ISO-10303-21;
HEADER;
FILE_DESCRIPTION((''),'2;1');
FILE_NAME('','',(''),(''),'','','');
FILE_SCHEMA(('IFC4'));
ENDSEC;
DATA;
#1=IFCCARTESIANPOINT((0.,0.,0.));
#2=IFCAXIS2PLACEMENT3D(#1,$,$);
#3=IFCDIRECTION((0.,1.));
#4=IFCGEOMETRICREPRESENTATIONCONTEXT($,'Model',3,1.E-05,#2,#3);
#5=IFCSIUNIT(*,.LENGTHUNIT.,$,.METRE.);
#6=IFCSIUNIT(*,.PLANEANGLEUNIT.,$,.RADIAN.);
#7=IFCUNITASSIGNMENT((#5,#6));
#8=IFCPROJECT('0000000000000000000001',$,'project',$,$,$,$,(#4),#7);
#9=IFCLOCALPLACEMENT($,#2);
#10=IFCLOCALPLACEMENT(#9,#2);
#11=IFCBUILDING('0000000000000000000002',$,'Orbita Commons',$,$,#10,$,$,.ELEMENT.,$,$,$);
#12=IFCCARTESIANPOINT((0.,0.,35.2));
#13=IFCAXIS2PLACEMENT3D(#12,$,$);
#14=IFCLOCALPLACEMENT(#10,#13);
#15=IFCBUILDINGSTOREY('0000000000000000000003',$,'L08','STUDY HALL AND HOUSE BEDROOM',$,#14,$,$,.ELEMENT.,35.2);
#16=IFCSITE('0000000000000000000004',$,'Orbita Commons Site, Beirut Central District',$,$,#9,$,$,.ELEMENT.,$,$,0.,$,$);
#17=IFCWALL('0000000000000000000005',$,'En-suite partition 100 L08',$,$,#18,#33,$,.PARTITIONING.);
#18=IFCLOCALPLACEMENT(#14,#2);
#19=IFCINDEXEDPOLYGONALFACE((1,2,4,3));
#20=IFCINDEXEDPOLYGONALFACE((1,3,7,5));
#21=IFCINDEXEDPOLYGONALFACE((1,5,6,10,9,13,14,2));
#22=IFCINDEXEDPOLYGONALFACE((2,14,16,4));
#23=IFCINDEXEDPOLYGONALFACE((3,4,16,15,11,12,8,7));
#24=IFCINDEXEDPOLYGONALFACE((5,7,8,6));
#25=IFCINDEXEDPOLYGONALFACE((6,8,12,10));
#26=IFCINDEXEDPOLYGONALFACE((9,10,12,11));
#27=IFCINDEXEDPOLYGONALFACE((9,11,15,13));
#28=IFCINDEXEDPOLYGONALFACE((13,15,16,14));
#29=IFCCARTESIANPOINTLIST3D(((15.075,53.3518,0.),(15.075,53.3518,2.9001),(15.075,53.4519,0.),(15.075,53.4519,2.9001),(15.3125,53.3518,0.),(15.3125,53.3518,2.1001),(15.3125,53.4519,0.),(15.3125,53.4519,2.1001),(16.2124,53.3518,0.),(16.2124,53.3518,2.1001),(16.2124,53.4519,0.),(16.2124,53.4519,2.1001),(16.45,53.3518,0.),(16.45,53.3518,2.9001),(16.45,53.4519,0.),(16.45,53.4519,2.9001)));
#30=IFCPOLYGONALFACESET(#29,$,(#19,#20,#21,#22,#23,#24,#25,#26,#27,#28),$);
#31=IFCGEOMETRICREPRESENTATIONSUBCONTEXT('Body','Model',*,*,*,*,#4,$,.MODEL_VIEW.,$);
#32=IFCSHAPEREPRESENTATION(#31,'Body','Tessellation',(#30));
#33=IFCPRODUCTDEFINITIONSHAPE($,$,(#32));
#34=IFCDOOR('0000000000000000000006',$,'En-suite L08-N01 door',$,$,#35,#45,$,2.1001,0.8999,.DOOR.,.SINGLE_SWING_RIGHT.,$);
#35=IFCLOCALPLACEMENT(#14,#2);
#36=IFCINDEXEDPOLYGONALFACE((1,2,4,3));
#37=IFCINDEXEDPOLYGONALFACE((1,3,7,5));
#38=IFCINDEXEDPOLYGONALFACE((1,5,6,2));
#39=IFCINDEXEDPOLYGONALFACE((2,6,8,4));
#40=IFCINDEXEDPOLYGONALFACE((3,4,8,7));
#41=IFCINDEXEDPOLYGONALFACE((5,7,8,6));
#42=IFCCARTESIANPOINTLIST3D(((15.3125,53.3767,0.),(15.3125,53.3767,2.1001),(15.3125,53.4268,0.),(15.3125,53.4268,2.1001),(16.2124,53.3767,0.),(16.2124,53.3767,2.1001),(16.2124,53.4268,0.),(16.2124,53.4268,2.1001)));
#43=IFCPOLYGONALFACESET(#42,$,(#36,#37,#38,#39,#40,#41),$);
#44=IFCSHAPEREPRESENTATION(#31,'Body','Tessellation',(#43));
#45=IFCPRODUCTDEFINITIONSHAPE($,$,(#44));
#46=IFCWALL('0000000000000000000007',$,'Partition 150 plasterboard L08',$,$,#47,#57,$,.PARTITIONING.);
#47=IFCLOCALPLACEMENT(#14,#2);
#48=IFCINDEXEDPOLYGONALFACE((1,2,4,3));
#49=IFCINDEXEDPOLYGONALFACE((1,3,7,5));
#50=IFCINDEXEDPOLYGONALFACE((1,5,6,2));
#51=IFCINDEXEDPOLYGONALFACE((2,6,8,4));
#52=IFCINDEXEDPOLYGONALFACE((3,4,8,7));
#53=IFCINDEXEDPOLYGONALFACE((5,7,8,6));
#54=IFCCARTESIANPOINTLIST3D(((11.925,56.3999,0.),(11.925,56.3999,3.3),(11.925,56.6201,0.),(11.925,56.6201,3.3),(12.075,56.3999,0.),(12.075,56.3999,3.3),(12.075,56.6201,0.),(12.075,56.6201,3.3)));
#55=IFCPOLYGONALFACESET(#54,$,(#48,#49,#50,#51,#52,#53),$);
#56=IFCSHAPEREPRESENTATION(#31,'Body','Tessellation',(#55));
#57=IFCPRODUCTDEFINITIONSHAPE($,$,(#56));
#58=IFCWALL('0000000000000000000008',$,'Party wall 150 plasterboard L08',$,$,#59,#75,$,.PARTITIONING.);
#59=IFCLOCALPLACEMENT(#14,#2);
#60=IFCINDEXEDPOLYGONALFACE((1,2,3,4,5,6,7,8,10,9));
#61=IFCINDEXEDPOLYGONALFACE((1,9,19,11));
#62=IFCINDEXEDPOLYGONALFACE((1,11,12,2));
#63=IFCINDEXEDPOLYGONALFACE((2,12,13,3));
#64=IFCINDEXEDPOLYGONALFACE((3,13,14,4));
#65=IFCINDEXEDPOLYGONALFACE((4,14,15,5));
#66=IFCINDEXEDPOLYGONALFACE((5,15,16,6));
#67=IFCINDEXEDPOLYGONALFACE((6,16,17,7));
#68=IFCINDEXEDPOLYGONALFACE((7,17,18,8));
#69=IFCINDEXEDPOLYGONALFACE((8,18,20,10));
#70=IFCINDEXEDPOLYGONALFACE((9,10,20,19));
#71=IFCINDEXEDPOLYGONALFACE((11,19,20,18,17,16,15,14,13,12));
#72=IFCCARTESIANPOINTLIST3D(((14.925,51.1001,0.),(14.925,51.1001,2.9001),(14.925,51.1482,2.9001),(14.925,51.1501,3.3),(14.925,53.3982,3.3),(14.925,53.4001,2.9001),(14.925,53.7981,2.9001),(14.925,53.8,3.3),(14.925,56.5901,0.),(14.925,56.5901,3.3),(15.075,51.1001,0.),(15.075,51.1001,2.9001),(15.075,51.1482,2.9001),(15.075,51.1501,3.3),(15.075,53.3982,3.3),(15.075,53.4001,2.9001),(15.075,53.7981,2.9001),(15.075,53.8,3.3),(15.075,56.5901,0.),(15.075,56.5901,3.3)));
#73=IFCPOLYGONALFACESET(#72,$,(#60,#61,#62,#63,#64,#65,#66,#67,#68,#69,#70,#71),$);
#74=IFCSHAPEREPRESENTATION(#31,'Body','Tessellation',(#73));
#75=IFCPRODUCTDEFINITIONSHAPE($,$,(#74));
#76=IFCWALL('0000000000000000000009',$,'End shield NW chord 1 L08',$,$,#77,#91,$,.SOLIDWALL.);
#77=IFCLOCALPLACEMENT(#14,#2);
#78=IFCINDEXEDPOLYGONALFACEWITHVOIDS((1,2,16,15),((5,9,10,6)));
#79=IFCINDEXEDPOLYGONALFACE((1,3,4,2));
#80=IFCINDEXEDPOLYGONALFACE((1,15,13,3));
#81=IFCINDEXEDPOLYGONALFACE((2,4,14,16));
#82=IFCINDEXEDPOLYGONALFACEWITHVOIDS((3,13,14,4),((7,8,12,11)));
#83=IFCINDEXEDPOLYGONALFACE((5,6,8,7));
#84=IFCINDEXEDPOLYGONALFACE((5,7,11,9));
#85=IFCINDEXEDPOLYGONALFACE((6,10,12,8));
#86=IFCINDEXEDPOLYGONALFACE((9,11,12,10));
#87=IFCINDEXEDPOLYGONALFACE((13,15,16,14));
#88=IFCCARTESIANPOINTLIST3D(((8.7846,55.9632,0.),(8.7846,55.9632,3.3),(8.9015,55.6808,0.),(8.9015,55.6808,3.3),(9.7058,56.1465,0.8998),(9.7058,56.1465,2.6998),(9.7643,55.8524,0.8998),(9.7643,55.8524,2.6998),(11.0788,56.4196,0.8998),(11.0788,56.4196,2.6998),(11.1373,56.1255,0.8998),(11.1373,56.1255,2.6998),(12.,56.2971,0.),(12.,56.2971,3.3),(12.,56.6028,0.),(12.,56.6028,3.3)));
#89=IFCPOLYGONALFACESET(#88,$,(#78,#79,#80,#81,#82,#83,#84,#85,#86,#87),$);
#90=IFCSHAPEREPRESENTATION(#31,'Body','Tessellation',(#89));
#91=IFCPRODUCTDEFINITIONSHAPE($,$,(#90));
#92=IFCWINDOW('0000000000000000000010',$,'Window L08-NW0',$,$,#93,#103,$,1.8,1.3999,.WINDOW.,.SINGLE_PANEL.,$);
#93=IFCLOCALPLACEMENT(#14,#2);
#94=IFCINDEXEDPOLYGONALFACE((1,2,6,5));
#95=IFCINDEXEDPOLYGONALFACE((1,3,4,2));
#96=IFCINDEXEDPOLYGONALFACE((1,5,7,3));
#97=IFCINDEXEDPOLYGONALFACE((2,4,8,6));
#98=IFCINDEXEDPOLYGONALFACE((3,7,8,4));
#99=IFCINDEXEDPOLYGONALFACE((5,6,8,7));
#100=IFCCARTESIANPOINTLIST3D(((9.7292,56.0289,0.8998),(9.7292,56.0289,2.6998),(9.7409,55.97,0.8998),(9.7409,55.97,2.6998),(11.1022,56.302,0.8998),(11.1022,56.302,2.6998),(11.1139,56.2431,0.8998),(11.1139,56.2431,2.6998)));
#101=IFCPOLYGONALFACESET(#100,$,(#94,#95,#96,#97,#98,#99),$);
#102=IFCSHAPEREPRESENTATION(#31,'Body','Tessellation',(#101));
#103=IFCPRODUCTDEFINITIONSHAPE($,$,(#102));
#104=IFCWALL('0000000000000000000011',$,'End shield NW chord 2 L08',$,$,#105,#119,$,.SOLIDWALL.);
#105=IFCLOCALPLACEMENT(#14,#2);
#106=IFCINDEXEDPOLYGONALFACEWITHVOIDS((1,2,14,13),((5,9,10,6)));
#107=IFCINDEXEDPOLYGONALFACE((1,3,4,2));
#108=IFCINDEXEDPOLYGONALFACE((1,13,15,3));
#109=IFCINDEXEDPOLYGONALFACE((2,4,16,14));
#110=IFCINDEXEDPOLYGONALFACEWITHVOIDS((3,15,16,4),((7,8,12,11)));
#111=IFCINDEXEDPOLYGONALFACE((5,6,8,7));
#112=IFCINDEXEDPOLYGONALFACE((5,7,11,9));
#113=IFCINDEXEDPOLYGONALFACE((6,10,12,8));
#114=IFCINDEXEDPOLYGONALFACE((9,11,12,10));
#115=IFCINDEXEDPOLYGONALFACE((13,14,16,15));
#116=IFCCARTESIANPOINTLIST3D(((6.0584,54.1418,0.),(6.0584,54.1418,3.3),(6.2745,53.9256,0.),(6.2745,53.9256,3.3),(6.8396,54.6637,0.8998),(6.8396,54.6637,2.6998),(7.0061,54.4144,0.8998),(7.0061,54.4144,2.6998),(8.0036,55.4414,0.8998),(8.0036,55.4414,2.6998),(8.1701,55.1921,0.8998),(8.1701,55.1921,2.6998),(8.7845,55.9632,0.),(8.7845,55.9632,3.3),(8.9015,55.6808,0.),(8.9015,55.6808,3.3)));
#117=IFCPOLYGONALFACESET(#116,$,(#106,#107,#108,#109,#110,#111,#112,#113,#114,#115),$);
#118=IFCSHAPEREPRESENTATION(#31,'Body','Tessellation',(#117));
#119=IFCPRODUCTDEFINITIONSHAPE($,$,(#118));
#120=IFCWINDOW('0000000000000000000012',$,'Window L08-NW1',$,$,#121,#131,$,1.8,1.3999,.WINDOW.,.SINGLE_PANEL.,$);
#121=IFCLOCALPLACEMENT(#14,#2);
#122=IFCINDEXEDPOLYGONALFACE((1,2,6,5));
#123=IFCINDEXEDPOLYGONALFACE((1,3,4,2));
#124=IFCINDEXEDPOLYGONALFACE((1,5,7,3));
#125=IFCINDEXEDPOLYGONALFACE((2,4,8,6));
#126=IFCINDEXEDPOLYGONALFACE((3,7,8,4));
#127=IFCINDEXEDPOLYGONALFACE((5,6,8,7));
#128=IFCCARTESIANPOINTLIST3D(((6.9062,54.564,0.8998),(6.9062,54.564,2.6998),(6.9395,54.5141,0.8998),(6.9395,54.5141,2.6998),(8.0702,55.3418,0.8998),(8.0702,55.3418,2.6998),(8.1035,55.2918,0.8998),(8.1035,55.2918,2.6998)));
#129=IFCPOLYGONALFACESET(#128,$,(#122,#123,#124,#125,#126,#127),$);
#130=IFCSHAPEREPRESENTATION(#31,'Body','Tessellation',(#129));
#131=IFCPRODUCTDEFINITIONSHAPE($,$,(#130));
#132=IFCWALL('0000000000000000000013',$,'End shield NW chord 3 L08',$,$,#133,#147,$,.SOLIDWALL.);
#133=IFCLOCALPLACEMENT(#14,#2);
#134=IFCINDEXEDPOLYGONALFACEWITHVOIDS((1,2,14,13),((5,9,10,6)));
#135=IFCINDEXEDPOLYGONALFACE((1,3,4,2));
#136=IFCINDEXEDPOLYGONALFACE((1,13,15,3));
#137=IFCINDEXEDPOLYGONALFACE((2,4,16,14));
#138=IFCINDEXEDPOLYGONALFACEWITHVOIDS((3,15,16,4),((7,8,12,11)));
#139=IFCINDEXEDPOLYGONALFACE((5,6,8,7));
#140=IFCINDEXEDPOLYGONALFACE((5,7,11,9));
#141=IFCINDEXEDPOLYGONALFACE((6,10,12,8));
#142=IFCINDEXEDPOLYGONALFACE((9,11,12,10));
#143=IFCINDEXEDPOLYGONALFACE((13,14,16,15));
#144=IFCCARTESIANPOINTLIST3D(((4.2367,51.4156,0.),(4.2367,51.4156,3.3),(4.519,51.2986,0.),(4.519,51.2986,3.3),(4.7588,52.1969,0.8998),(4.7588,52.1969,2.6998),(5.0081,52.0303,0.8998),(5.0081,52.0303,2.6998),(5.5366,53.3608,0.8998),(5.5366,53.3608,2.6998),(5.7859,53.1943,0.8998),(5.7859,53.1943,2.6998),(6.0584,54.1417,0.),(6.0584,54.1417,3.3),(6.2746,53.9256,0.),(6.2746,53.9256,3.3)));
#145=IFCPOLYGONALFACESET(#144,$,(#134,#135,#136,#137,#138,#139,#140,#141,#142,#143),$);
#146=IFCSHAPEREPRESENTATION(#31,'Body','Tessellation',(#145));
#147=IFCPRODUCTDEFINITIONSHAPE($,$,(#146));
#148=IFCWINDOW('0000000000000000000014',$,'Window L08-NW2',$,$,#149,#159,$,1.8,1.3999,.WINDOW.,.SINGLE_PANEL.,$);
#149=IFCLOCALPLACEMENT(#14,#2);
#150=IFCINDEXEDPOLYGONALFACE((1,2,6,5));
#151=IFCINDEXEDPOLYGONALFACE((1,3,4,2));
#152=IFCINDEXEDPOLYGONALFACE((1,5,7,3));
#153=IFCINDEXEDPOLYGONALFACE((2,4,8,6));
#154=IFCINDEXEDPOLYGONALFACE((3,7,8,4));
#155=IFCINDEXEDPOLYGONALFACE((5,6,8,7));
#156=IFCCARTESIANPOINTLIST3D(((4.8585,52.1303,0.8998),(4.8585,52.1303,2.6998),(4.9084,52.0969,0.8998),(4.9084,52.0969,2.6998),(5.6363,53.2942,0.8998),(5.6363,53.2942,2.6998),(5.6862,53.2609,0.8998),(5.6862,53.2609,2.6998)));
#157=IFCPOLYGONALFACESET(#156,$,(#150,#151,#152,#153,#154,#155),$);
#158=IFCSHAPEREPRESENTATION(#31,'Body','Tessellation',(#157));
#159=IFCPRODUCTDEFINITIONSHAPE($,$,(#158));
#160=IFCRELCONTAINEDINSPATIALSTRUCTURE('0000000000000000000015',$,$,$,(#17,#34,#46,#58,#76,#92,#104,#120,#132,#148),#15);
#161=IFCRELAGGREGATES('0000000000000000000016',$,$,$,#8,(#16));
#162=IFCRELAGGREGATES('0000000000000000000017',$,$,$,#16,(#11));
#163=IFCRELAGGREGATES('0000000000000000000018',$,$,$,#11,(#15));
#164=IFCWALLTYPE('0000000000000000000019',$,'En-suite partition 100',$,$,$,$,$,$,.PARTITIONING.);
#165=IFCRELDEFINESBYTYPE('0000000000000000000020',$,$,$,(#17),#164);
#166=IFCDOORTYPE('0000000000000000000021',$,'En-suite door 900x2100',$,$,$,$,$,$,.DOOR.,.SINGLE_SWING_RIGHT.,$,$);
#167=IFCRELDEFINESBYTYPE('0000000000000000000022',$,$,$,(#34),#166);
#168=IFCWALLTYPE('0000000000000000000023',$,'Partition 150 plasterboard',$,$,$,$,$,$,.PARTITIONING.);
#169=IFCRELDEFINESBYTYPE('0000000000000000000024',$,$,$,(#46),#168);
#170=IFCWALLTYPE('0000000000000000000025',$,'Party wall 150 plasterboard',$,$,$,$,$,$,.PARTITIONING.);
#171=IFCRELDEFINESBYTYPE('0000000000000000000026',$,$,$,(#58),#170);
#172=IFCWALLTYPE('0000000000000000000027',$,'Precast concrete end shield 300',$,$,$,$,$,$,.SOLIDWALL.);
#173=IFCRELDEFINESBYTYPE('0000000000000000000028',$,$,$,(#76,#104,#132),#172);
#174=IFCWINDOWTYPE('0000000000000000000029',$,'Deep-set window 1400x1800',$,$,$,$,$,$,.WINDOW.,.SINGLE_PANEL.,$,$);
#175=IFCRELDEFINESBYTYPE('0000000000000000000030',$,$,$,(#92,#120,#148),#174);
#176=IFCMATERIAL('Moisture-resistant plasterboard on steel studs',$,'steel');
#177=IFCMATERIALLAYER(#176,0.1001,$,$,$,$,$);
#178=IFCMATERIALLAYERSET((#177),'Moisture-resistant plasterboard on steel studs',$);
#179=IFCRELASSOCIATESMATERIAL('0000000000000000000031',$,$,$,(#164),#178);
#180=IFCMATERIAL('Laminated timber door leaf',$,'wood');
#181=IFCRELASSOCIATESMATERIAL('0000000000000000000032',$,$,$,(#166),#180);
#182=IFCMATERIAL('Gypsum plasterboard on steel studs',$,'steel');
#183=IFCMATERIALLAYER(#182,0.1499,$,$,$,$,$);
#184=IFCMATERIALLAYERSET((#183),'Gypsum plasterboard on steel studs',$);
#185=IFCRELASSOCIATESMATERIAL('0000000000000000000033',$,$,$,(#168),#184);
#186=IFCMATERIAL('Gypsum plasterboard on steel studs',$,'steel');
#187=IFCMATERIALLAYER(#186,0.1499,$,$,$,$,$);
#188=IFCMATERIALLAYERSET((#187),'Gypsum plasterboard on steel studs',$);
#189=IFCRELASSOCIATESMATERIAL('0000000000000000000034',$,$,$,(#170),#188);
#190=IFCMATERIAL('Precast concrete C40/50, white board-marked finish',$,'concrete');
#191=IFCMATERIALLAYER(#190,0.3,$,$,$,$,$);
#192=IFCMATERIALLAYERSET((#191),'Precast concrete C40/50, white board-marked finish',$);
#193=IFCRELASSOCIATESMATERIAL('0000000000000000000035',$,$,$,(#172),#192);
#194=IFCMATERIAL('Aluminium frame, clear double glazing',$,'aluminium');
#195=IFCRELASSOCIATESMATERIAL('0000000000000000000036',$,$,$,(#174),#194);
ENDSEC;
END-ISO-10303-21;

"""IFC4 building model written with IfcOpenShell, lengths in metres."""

from ifc_helpers import new_model, si_unit, direction, frame, frame_2d, origin, place, context, subcontext, project, spatial, polyline, rectangle, outline, extrude, material, layer, layer_set, type_object, element, fill, save


model = new_model("IFC4")

# Units and contexts
model_context = context("Model", 3, precision=1e-05, world=origin(), true_north=direction((0.0, 1.0)))
body_context = subcontext(model_context, "Body", "Model", "MODEL_VIEW")
ifc_project = project(units=[si_unit("LENGTHUNIT", "METRE"), si_unit("PLANEANGLEUNIT", "RADIAN")], contexts=[model_context])

# Site, building, storey
site_placement = place(None, origin())
site = spatial("IfcSite", under=ifc_project, at=site_placement, Name="Orbita Commons Site, Beirut Central District", CompositionType="ELEMENT", RefElevation=0.0)
building_placement = place(site_placement, origin())
building = spatial("IfcBuilding", under=site, at=building_placement, Name="Orbita Commons", CompositionType="ELEMENT")
storey_placement = place(building_placement, frame((0.0, 0.0, 35.2)))
storey = spatial("IfcBuildingStorey", under=building, at=storey_placement, Name="L08", Description="STUDY HALL AND HOUSE BEDROOM", CompositionType="ELEMENT", Elevation=35.2)

# Wall, opening, door
ifc_material_1 = material(Name="Moisture-resistant plasterboard on steel studs", Category="steel")
ifc_layer_1 = layer(ifc_material_1, 0.1001)
ifc_layer_set_1 = layer_set([ifc_layer_1], Name="Moisture-resistant plasterboard on steel studs")
wall_type_1 = type_object("IfcWallType", Name="En-suite partition 100", PredefinedType="PARTITIONING", material=ifc_layer_set_1)
ifc_material_2 = material(Name="Laminated timber door leaf", Category="wood")
door_type = type_object("IfcDoorType", Name="En-suite door 900x2100", OperationType="SINGLE_SWING_RIGHT", PredefinedType="DOOR", material=ifc_material_2)
wall_1_placement = place(storey_placement, frame((15.075, 53.4019, 0.0), z_axis=(0.0, 0.0, 1.0), x_axis=(1.0, 0.0, 0.0)))
wall_1 = element("IfcWall", 1, at=wall_1_placement, inside=storey, type_object=wall_type_1, Name="En-suite partition 100 L08", PredefinedType="PARTITIONING", context=body_context, shape_type="SweptSolid", body=[
    extrude(outline(polyline([(0.0, 0.0), (1.375, 0.0), (1.375, 2.9001), (0.0, 2.9001), (0.0, 0.0)])), frame((0.0, 0.05, 0.0), z_axis=(0.0, -1.0, 0.0), x_axis=(1.0, 0.0, 0.0)), (0.0, 0.0, 1.0), 0.1001),
])
opening_1_placement = place(wall_1_placement, frame((0.2375, 0.0, 0.0)))
opening_1 = element("IfcOpeningElement", 2, at=opening_1_placement, cuts=wall_1, PredefinedType="OPENING", context=body_context, shape_type="SweptSolid", body=[
    extrude(rectangle(XDim=0.8999, YDim=2.1001, at=frame_2d((0.45, 1.05))), frame((0.0, 0.0601, 0.0), z_axis=(0.0, -1.0, 0.0), x_axis=(1.0, 0.0, 0.0)), (0.0, 0.0, 1.0), 0.1201),
])
door_1_placement = place(opening_1_placement, origin())
door_1 = element("IfcDoor", 3, at=door_1_placement, inside=storey, type_object=door_type, Name="En-suite L08-N01 door", OperationType="SINGLE_SWING_RIGHT", OverallHeight=2.1001, OverallWidth=0.8999, PredefinedType="DOOR", context=body_context, shape_type="SweptSolid", body=[
    extrude(rectangle(XDim=0.8999, YDim=2.1001, at=frame_2d((0.45, 1.05))), frame((0.0, 0.0249, 0.0), z_axis=(0.0, -1.0, 0.0), x_axis=(1.0, 0.0, 0.0)), (0.0, 0.0, 1.0), 0.05),
])
fill(opening_1, door_1)

# Walls
ifc_material_3 = material(Name="Gypsum plasterboard on steel studs", Category="steel")
ifc_layer_2 = layer(ifc_material_3, 0.1499)
ifc_layer_set_2 = layer_set([ifc_layer_2], Name="Gypsum plasterboard on steel studs")
wall_type_2 = type_object("IfcWallType", Name="Partition 150 plasterboard", PredefinedType="PARTITIONING", material=ifc_layer_set_2)
wall_2_placement = place(storey_placement, frame((12.0, 56.3999, 0.0), z_axis=(0.0, 0.0, 1.0), x_axis=(0.0, 1.0, 0.0)))
element("IfcWall", 4, at=wall_2_placement, inside=storey, type_object=wall_type_2, Name="Partition 150 plasterboard L08", PredefinedType="PARTITIONING", context=body_context, shape_type="SweptSolid", body=[
    extrude(rectangle(XDim=0.2202, YDim=0.1499, at=frame_2d((0.1101, 0.0))), origin(), (0.0, 0.0, 1.0), 3.3),
])
ifc_material_4 = material(Name="Gypsum plasterboard on steel studs", Category="steel")
ifc_layer_3 = layer(ifc_material_4, 0.1499)
ifc_layer_set_3 = layer_set([ifc_layer_3], Name="Gypsum plasterboard on steel studs")
wall_type_3 = type_object("IfcWallType", Name="Party wall 150 plasterboard", PredefinedType="PARTITIONING", material=ifc_layer_set_3)
wall_3_placement = place(storey_placement, frame((15.0, 56.5901, 0.0), z_axis=(0.0, 0.0, 1.0), x_axis=(0.0, -1.0, 0.0)))
element("IfcWall", 5, at=wall_3_placement, inside=storey, type_object=wall_type_3, Name="Party wall 150 plasterboard L08", PredefinedType="PARTITIONING", context=body_context, shape_type="SweptSolid", body=[
    extrude(outline(polyline([(0.0, 0.0), (5.49, 0.0), (5.49, 2.9001), (5.4419, 2.9001), (5.4399, 3.3), (3.1919, 3.3), (3.1899, 2.9001), (2.792, 2.9001), (2.79, 3.3), (0.0, 3.3), (0.0, 0.0)])), frame((0.0, 0.075, 0.0), z_axis=(0.0, -1.0, 0.0), x_axis=(1.0, 0.0, 0.0)), (0.0, 0.0, 1.0), 0.1499),
])

# Walls, openings, windows
ifc_material_5 = material(Name="Precast concrete C40/50, white board-marked finish", Category="concrete")
ifc_layer_4 = layer(ifc_material_5, 0.3)
ifc_layer_set_4 = layer_set([ifc_layer_4], Name="Precast concrete C40/50, white board-marked finish")
wall_type_4 = type_object("IfcWallType", Name="Precast concrete end shield 300", PredefinedType="SOLIDWALL", material=ifc_layer_set_4)
wall_4_placement = place(storey_placement, frame((12.0, 56.45, 0.0), z_axis=(0.0, 0.0, 1.0), x_axis=(-0.980787, -0.19508, 0.0)))
wall_4 = element("IfcWall", 6, at=wall_4_placement, inside=storey, type_object=wall_type_4, Name="End shield NW chord 1 L08", PredefinedType="SOLIDWALL", context=body_context, shape_type="SweptSolid", body=[
    extrude(outline(polyline([(-0.0298, -0.1499), (3.2485, -0.1499), (3.189, 0.1499), (0.0298, 0.1499), (-0.0298, -0.1499)])), origin(), (0.0, 0.0, 1.0), 3.3),
])
opening_2_placement = place(wall_4_placement, frame((0.9094, 0.0, 0.8999)))
opening_2 = element("IfcOpeningElement", 7, at=opening_2_placement, cuts=wall_4, PredefinedType="OPENING", context=body_context, shape_type="SweptSolid", body=[
    extrude(rectangle(XDim=1.3999, YDim=1.8, at=frame_2d((0.7, 0.8999))), frame((0.0, 0.1599, 0.0), z_axis=(0.0, -1.0, 0.0), x_axis=(1.0, 0.0, 0.0)), (0.0, 0.0, 1.0), 0.3201),
])
ifc_material_6 = material(Name="Aluminium frame, clear double glazing", Category="aluminium")
window_type = type_object("IfcWindowType", Name="Deep-set window 1400x1800", PartitioningType="SINGLE_PANEL", PredefinedType="WINDOW", material=ifc_material_6)
window_1_placement = place(opening_2_placement, origin())
window_1 = element("IfcWindow", 8, at=window_1_placement, inside=storey, type_object=window_type, Name="Window L08-NW0", OverallHeight=1.8, OverallWidth=1.3999, PartitioningType="SINGLE_PANEL", PredefinedType="WINDOW", context=body_context, shape_type="SweptSolid", body=[
    extrude(rectangle(XDim=1.3999, YDim=1.8, at=frame_2d((0.7, 0.8999))), frame((0.0, 0.03, 0.0), z_axis=(0.0, -1.0, 0.0), x_axis=(1.0, 0.0, 0.0)), (0.0, 0.0, 1.0), 0.0601),
])
fill(opening_2, window_1)
wall_5_placement = place(storey_placement, frame((8.843, 55.822, 0.0), z_axis=(0.0, 0.0, 1.0), x_axis=(-0.831478, -0.555558, 0.0)))
wall_5 = element("IfcWall", 9, at=wall_5_placement, inside=storey, type_object=wall_type_4, Name="End shield NW chord 2 L08", PredefinedType="SOLIDWALL", context=body_context, shape_type="SweptSolid", body=[
    extrude(outline(polyline([(-0.0298, -0.1499), (3.2488, -0.1499), (3.1892, 0.1499), (0.0298, 0.1499), (-0.0298, -0.1499)])), origin(), (0.0, 0.0, 1.0), 3.3),
])
opening_3_placement = place(wall_5_placement, frame((0.9094, 0.0, 0.8999)))
opening_3 = element("IfcOpeningElement", 10, at=opening_3_placement, cuts=wall_5, PredefinedType="OPENING", context=body_context, shape_type="SweptSolid", body=[
    extrude(rectangle(XDim=1.3999, YDim=1.8, at=frame_2d((0.7, 0.8999))), frame((0.0, 0.1599, 0.0), z_axis=(0.0, -1.0, 0.0), x_axis=(1.0, 0.0, 0.0)), (0.0, 0.0, 1.0), 0.3201),
])
window_2_placement = place(opening_3_placement, origin())
window_2 = element("IfcWindow", 11, at=window_2_placement, inside=storey, type_object=window_type, Name="Window L08-NW1", OverallHeight=1.8, OverallWidth=1.3999, PartitioningType="SINGLE_PANEL", PredefinedType="WINDOW", context=body_context, shape_type="SweptSolid", body=[
    extrude(rectangle(XDim=1.3999, YDim=1.8, at=frame_2d((0.7, 0.8999))), frame((0.0, 0.03, 0.0), z_axis=(0.0, -1.0, 0.0), x_axis=(1.0, 0.0, 0.0)), (0.0, 0.0, 1.0), 0.0601),
])
fill(opening_3, window_2)
wall_6_placement = place(storey_placement, frame((6.1665, 54.0337, 0.0), z_axis=(0.0, 0.0, 1.0), x_axis=(-0.55561, -0.831443, 0.0)))
wall_6 = element("IfcWall", 12, at=wall_6_placement, inside=storey, type_object=wall_type_4, Name="End shield NW chord 3 L08", PredefinedType="SOLIDWALL", context=body_context, shape_type="SweptSolid", body=[
    extrude(outline(polyline([(-0.0298, -0.1499), (3.249, -0.1499), (3.1895, 0.1499), (0.0298, 0.1499), (-0.0298, -0.1499)])), origin(), (0.0, 0.0, 1.0), 3.3),
])
opening_4_placement = place(wall_6_placement, frame((0.9094, 0.0, 0.8999)))
opening_4 = element("IfcOpeningElement", 13, at=opening_4_placement, cuts=wall_6, PredefinedType="OPENING", context=body_context, shape_type="SweptSolid", body=[
    extrude(rectangle(XDim=1.3999, YDim=1.8, at=frame_2d((0.7, 0.8999))), frame((0.0, 0.1599, 0.0), z_axis=(0.0, -1.0, 0.0), x_axis=(1.0, 0.0, 0.0)), (0.0, 0.0, 1.0), 0.3201),
])
window_3_placement = place(opening_4_placement, origin())
window_3 = element("IfcWindow", 14, at=window_3_placement, inside=storey, type_object=window_type, Name="Window L08-NW2", OverallHeight=1.8, OverallWidth=1.3999, PartitioningType="SINGLE_PANEL", PredefinedType="WINDOW", context=body_context, shape_type="SweptSolid", body=[
    extrude(rectangle(XDim=1.3999, YDim=1.8, at=frame_2d((0.7, 0.8999))), frame((0.0, 0.03, 0.0), z_axis=(0.0, -1.0, 0.0), x_axis=(1.0, 0.0, 0.0)), (0.0, 0.0, 1.0), 0.0601),
])
fill(opening_4, window_3)

save(model, "model.ifc")
